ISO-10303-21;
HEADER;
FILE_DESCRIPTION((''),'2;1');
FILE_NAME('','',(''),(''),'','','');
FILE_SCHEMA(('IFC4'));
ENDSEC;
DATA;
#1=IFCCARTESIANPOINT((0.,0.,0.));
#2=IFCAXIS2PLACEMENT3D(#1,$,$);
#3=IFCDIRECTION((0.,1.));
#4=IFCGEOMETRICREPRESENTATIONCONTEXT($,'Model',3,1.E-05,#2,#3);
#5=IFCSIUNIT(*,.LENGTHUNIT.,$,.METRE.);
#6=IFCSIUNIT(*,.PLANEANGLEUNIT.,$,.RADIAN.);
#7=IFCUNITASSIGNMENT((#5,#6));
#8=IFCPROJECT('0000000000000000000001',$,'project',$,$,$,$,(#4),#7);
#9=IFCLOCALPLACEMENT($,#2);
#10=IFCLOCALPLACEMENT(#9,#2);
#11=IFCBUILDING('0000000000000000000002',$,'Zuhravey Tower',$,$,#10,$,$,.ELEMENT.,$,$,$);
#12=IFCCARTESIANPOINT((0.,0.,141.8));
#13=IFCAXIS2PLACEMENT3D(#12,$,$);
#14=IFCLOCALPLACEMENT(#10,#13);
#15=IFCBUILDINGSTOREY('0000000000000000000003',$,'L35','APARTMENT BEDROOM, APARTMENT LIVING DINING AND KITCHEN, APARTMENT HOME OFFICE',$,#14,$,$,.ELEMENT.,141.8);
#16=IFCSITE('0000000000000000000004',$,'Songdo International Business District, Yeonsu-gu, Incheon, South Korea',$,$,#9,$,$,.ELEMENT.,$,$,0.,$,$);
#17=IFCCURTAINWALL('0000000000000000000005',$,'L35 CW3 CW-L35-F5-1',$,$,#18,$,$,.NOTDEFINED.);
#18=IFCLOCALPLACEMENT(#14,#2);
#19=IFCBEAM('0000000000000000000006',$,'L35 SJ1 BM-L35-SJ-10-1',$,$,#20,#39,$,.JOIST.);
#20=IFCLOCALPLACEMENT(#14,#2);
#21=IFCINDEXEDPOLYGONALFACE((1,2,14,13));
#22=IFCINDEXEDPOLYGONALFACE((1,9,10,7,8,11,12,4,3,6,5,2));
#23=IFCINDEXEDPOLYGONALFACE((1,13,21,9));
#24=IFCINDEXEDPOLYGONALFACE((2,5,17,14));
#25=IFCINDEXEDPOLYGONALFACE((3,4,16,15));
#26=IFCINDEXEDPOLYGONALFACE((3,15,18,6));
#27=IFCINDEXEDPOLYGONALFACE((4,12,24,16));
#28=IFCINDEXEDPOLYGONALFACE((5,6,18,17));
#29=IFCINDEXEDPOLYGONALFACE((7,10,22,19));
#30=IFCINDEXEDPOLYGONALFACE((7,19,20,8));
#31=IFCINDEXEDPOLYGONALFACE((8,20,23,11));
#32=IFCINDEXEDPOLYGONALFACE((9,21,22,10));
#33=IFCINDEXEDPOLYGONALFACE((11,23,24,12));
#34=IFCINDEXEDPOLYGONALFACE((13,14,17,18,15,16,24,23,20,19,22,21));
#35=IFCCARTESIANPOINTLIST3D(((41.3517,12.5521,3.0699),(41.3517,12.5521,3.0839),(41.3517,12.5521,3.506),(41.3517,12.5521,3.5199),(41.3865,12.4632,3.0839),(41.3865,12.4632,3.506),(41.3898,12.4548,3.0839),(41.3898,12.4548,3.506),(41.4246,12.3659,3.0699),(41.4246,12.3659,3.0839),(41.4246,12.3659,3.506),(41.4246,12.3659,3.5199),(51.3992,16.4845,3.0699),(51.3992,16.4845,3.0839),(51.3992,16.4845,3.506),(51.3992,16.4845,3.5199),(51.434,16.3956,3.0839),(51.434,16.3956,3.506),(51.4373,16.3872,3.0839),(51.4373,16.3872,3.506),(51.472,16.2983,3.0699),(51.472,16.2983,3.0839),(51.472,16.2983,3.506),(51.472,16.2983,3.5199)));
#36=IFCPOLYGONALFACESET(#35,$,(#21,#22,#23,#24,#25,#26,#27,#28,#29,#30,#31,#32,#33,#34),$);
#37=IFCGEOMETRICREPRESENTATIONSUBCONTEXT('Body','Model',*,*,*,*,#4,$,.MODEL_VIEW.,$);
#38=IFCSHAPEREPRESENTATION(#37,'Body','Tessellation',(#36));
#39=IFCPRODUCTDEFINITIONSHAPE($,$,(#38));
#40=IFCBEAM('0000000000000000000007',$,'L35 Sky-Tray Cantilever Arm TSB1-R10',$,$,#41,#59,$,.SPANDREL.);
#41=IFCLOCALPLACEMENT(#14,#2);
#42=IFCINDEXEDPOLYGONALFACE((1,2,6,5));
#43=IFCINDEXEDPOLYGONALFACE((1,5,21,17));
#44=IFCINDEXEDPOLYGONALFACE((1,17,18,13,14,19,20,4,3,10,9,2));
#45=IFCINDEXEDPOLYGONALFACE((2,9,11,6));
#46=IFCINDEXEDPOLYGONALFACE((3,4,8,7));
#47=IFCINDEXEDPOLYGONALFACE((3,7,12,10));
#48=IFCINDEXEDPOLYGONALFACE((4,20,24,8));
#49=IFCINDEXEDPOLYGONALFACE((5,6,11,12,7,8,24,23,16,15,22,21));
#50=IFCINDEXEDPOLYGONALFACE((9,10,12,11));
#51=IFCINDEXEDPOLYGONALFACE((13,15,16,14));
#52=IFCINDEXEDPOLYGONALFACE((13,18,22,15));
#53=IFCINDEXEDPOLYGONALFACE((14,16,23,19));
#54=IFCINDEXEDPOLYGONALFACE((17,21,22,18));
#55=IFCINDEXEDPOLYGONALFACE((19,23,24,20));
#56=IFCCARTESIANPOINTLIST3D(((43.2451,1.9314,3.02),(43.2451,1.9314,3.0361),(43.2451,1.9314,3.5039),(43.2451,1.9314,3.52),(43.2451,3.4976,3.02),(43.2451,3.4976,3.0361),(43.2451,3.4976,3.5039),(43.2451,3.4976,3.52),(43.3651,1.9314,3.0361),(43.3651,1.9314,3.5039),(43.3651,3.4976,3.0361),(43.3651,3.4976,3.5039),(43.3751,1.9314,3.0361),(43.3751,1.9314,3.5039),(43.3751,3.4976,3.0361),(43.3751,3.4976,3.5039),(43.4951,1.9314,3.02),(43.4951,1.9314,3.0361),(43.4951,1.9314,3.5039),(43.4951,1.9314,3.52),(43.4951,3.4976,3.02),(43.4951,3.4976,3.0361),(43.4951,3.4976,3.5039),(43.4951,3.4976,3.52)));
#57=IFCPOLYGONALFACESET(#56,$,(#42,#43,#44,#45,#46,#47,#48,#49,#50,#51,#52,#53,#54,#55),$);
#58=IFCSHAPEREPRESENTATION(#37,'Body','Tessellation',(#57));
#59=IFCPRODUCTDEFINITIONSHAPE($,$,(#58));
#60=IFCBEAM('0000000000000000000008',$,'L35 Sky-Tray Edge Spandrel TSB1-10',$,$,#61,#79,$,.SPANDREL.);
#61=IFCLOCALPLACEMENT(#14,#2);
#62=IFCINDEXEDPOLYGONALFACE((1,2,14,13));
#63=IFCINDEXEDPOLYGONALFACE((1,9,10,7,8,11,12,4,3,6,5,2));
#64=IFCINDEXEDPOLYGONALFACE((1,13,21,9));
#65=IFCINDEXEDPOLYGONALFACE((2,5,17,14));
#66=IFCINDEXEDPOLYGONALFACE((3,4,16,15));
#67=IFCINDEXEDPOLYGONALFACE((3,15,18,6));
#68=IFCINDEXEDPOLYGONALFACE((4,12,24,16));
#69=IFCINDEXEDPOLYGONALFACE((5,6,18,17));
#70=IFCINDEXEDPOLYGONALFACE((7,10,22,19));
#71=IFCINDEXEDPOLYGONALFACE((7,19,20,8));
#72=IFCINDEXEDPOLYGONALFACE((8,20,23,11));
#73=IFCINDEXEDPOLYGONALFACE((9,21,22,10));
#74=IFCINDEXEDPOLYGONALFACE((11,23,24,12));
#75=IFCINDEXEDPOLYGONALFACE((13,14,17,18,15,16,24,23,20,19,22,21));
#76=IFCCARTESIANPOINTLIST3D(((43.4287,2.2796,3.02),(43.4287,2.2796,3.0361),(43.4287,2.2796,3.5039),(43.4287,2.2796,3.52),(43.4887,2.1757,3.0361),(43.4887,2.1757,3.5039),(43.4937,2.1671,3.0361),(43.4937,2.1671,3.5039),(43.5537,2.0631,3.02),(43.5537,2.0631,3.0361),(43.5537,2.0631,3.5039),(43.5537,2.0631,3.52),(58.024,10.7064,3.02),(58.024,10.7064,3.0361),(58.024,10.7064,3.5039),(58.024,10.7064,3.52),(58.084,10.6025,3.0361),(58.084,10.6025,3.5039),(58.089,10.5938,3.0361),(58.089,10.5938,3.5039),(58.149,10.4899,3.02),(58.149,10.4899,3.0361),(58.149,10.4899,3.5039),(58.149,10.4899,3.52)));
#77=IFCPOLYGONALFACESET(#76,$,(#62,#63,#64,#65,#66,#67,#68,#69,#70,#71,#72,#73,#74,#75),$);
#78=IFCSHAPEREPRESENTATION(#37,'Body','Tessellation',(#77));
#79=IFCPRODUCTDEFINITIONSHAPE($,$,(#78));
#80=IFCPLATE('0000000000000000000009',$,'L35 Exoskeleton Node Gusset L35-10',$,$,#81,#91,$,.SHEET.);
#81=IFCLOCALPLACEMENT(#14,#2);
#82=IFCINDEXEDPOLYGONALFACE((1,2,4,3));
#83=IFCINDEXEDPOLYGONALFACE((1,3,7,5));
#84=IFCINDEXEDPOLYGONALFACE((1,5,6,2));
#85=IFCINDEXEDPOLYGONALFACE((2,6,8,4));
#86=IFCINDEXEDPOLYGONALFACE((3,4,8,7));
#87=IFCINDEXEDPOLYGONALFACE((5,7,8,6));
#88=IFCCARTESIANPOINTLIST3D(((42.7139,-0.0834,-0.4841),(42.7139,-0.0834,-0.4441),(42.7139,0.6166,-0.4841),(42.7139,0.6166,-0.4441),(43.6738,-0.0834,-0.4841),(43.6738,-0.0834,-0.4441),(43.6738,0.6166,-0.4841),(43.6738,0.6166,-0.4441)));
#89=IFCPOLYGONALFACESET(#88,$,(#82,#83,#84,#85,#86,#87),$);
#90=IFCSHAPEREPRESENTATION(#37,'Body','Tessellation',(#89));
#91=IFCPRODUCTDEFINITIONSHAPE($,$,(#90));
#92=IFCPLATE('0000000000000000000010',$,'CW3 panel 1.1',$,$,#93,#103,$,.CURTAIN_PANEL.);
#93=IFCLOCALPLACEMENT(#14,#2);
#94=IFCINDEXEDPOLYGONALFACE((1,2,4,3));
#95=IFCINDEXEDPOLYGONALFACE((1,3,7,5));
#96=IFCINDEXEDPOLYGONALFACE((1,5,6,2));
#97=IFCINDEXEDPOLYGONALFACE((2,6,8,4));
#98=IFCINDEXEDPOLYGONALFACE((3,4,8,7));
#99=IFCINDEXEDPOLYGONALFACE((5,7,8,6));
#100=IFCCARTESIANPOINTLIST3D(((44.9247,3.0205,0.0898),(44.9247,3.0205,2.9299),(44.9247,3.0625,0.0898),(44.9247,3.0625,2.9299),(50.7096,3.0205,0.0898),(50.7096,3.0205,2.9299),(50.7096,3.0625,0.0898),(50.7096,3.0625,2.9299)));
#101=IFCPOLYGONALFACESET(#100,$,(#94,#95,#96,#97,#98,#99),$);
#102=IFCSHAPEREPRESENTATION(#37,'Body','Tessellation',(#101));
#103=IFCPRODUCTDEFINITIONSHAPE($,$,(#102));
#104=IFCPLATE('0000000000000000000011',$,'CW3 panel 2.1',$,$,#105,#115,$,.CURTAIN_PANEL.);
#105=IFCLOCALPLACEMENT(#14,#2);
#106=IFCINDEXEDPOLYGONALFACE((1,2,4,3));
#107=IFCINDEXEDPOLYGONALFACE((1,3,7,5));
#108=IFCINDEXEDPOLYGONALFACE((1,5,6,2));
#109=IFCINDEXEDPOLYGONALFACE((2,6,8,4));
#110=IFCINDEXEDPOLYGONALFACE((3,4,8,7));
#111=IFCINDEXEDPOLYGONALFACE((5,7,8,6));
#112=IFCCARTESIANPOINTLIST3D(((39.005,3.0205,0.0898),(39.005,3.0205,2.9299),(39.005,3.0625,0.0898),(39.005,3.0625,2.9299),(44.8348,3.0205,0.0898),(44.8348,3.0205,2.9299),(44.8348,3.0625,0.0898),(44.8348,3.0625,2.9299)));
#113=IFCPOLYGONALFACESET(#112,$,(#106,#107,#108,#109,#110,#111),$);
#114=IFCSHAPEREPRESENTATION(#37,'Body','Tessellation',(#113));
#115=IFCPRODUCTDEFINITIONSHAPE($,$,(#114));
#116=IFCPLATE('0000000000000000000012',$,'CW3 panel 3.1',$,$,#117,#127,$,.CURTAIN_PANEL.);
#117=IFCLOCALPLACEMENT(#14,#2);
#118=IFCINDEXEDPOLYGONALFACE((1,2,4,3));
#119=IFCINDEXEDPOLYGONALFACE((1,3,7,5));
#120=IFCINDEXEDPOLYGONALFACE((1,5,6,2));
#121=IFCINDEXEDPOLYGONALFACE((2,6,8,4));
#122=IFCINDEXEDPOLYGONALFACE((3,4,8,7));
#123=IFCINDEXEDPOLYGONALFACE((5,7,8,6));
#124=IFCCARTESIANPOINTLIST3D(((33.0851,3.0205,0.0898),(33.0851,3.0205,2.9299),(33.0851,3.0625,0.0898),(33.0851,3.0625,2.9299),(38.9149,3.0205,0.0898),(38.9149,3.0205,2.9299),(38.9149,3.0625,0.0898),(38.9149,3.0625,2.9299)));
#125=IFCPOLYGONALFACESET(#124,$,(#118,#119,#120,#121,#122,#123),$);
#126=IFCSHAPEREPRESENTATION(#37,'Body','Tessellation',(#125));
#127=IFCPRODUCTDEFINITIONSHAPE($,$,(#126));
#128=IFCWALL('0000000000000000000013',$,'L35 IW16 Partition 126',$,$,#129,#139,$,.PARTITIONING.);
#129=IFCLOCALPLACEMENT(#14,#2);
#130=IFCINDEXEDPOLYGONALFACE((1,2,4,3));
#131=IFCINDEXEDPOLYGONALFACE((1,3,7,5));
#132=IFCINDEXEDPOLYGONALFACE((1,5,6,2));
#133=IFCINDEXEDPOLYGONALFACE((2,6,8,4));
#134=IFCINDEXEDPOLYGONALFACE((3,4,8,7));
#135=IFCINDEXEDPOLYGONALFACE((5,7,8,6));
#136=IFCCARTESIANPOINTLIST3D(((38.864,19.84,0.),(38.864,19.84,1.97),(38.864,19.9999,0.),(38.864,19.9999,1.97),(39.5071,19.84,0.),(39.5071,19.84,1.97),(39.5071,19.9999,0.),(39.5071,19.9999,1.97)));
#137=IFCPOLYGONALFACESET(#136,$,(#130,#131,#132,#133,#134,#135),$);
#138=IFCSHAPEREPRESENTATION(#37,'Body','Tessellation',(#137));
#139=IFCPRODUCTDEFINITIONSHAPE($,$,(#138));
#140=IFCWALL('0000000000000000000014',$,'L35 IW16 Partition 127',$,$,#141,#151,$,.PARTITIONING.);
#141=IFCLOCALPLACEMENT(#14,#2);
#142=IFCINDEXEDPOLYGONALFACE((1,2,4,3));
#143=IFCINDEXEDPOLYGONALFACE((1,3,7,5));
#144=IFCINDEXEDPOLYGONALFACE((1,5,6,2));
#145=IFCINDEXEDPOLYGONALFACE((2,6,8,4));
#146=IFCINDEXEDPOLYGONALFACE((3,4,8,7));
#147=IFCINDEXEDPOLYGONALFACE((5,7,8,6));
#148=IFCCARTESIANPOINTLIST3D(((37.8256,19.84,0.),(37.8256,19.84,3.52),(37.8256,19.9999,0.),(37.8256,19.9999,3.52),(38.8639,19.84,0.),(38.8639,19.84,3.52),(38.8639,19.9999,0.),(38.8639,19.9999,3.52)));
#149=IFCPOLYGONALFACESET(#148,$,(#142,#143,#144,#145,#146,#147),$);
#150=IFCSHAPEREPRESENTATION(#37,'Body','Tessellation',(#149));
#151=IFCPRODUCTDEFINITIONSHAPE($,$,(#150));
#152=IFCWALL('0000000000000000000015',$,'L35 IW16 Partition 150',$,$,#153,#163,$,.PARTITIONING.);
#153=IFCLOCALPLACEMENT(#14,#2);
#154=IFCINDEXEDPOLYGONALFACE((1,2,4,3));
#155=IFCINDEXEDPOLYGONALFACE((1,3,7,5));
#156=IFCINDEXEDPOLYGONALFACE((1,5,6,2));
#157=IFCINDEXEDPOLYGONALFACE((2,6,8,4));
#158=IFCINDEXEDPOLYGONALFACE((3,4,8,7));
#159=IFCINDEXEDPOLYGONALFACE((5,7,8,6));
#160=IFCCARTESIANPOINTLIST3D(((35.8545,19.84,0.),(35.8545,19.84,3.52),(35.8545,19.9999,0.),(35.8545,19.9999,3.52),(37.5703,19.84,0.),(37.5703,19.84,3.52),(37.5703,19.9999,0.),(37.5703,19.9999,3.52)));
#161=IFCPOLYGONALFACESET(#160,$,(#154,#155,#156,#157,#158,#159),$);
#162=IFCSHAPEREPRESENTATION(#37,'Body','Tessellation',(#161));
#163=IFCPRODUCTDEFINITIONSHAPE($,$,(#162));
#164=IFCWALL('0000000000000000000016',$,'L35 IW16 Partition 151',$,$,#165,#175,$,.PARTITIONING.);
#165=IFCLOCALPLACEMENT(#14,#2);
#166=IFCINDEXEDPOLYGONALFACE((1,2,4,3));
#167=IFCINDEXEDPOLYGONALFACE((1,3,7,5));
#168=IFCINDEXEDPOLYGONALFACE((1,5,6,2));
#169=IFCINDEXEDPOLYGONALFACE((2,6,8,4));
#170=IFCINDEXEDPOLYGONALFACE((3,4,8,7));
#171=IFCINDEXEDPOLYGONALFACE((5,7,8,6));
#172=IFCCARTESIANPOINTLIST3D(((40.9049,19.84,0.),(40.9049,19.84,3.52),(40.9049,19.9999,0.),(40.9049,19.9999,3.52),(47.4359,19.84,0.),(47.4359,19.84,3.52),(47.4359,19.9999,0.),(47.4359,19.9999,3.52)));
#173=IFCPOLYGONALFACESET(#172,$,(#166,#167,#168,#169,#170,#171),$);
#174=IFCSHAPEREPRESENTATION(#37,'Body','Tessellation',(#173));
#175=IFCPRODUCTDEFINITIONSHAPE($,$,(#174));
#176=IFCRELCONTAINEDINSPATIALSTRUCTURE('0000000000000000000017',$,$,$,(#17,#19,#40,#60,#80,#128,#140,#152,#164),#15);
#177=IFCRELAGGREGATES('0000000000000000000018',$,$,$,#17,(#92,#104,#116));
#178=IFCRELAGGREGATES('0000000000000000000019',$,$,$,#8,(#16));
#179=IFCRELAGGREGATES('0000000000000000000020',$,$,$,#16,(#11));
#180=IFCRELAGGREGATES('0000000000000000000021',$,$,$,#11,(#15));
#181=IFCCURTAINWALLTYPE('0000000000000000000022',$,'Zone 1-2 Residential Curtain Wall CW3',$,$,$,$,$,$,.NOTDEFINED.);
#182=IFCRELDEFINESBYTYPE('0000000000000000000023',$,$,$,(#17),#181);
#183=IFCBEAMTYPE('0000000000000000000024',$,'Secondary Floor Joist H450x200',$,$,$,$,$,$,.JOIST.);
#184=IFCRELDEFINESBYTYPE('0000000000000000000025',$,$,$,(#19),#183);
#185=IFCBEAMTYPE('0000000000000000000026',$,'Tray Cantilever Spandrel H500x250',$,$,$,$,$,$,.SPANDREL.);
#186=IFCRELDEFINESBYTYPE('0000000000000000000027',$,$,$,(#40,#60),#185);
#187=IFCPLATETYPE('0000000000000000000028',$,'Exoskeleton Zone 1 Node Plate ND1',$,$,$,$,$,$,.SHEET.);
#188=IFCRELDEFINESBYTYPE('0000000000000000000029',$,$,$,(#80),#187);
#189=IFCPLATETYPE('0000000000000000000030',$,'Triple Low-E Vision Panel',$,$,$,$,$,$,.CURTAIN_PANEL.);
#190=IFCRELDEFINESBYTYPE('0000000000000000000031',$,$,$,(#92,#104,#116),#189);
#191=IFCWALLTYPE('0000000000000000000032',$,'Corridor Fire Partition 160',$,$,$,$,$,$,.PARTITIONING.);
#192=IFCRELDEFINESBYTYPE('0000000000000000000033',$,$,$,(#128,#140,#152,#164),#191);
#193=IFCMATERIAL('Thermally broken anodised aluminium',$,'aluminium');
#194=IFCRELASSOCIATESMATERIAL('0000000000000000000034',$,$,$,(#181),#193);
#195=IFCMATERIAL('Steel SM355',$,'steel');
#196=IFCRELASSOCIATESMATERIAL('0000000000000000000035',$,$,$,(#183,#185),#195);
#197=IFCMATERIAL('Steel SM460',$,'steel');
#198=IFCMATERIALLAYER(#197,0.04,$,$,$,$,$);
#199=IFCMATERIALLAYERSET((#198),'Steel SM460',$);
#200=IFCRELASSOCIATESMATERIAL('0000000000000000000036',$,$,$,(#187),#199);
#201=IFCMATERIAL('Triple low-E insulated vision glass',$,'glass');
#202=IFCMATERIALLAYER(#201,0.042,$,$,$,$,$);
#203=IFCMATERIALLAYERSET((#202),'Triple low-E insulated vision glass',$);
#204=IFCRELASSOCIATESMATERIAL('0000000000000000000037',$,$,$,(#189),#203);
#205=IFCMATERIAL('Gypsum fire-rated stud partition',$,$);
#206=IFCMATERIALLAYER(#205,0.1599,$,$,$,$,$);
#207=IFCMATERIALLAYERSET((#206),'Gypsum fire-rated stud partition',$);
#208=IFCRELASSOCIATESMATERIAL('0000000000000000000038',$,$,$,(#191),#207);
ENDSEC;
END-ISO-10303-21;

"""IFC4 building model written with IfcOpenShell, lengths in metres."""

from ifc_helpers import new_model, si_unit, direction, frame, frame_2d, origin, origin_2d, place, context, subcontext, project, spatial, rectangle, i_section, extrude, material, layer, layer_set, material_profile, profile_set, type_object, element, aggregate, save


model = new_model("IFC4")

# Units and contexts
model_context = context("Model", 3, precision=1e-05, world=origin(), true_north=direction((0.0, 1.0)))
body_context = subcontext(model_context, "Body", "Model", "MODEL_VIEW")
ifc_project = project(units=[si_unit("LENGTHUNIT", "METRE"), si_unit("PLANEANGLEUNIT", "RADIAN")], contexts=[model_context])

# Site, building, storey
site_placement = place(None, origin())
site = spatial("IfcSite", under=ifc_project, at=site_placement, Name="Songdo International Business District, Yeonsu-gu, Incheon, South Korea", CompositionType="ELEMENT", RefElevation=0.0)
building_placement = place(site_placement, origin())
building = spatial("IfcBuilding", under=site, at=building_placement, Name="Zuhravey Tower", CompositionType="ELEMENT")
storey_placement = place(building_placement, frame((0.0, 0.0, 141.8)))
storey = spatial("IfcBuildingStorey", under=building, at=storey_placement, Name="L35", Description="APARTMENT BEDROOM, APARTMENT LIVING DINING AND KITCHEN, APARTMENT HOME OFFICE", CompositionType="ELEMENT", Elevation=141.8)

# Curtain wall
ifc_material_1 = material(Name="Thermally broken anodised aluminium", Category="aluminium")
curtain_wall_type = type_object("IfcCurtainWallType", Name="Zone 1-2 Residential Curtain Wall CW3", PredefinedType="NOTDEFINED", material=ifc_material_1)
curtain_wall_placement = place(storey_placement, origin())
curtain_wall = element("IfcCurtainWall", 1, at=curtain_wall_placement, inside=storey, type_object=curtain_wall_type, Name="L35 CW3 CW-L35-F5-1", PredefinedType="NOTDEFINED")

# Beams
ifc_material_2 = material(Name="Steel SM460", Category="steel")
ifc_material_3 = material(Name="Steel SM355", Category="steel")
ifc_material_profile_1 = material_profile(ifc_material_3, i_section(OverallWidth=0.2, OverallDepth=0.45, WebThickness=0.009, FlangeThickness=0.0139, at=origin_2d()), Name="H-450x200x9x14")
ifc_profile_set_1 = profile_set([ifc_material_profile_1], Name="Steel SM355")
beam_type_1 = type_object("IfcBeamType", Name="Secondary Floor Joist H450x200", PredefinedType="JOIST", material=ifc_profile_set_1)
beam_1_placement = place(storey_placement, frame((41.3882, 12.459, 3.2949), z_axis=(0.931218, 0.364463, 0.0), x_axis=(-0.364463, 0.931218, 0.0)))
element("IfcBeam", 2, at=beam_1_placement, inside=storey, type_object=beam_type_1, Name="L35 SJ1 BM-L35-SJ-10-1", PredefinedType="JOIST", context=body_context, shape_type="SweptSolid", body=[
    extrude(i_section(OverallWidth=0.2, OverallDepth=0.45, WebThickness=0.009, FlangeThickness=0.0139, at=origin_2d()), origin(), (0.0, 0.0, 1.0), 10.7896),
])
ifc_material_profile_2 = material_profile(ifc_material_3, i_section(OverallWidth=0.25, OverallDepth=0.5, WebThickness=0.01, FlangeThickness=0.0161, at=origin_2d()), Name="H-500x250x10x16")
ifc_profile_set_2 = profile_set([ifc_material_profile_2], Name="Steel SM355")
beam_type_2 = type_object("IfcBeamType", Name="Tray Cantilever Spandrel H500x250", PredefinedType="SPANDREL", material=ifc_profile_set_2)
beam_2_placement = place(storey_placement, frame((43.3701, 3.4976, 3.27), z_axis=(0.0, -1.0, 0.0), x_axis=(1.0, 0.0, 0.0)))
element("IfcBeam", 3, at=beam_2_placement, inside=storey, type_object=beam_type_2, Name="L35 Sky-Tray Cantilever Arm TSB1-R10", PredefinedType="SPANDREL", context=body_context, shape_type="SweptSolid", body=[
    extrude(i_section(OverallWidth=0.25, OverallDepth=0.5, WebThickness=0.01, FlangeThickness=0.0161, at=origin_2d()), origin(), (0.0, 0.0, 1.0), 1.5662),
])
beam_3_placement = place(storey_placement, frame((43.4912, 2.1714, 3.27), z_axis=(0.86602, 0.500009, 0.0), x_axis=(-0.500009, 0.86602, 0.0)))
element("IfcBeam", 4, at=beam_3_placement, inside=storey, type_object=beam_type_2, Name="L35 Sky-Tray Edge Spandrel TSB1-10", PredefinedType="SPANDREL", context=body_context, shape_type="SweptSolid", body=[
    extrude(i_section(OverallWidth=0.25, OverallDepth=0.5, WebThickness=0.01, FlangeThickness=0.0161, at=origin_2d()), origin(), (0.0, 0.0, 1.0), 16.8533),
])

# Plates
ifc_layer_1 = layer(ifc_material_2, 0.04)
ifc_layer_set_1 = layer_set([ifc_layer_1], Name="Steel SM460")
plate_type_1 = type_object("IfcPlateType", Name="Exoskeleton Zone 1 Node Plate ND1", PredefinedType="SHEET", material=ifc_layer_set_1)
plate_1_placement = place(storey_placement, frame((43.1938, 0.2666, -0.4841), z_axis=(0.0, 0.0, 1.0), x_axis=(1.0, 0.0, 0.0)))
element("IfcPlate", 5, at=plate_1_placement, inside=storey, type_object=plate_type_1, Name="L35 Exoskeleton Node Gusset L35-10", PredefinedType="SHEET", context=body_context, shape_type="SweptSolid", body=[
    extrude(rectangle(XDim=0.96, YDim=0.7, at=origin_2d()), origin(), (0.0, 0.0, 1.0), 0.04),
])
ifc_material_4 = material(Name="Triple low-E insulated vision glass", Category="glass")
ifc_layer_2 = layer(ifc_material_4, 0.042)
ifc_layer_set_2 = layer_set([ifc_layer_2], Name="Triple low-E insulated vision glass")
plate_type_2 = type_object("IfcPlateType", Name="Triple Low-E Vision Panel", PredefinedType="CURTAIN_PANEL", material=ifc_layer_set_2)
plate_2_placement = place(storey_placement, frame((47.8171, 3.0415, 0.0898), z_axis=(0.0, 0.0, 1.0), x_axis=(-1.0, 0.0, 0.0)))
plate_2 = element("IfcPlate", 6, at=plate_2_placement, type_object=plate_type_2, Name="CW3 panel 1.1", PredefinedType="CURTAIN_PANEL", context=body_context, shape_type="SweptSolid", body=[
    extrude(rectangle(XDim=5.7849, YDim=0.042, at=origin_2d()), origin(), (0.0, 0.0, 1.0), 2.8401),
])
plate_3_placement = place(storey_placement, frame((41.9199, 3.0415, 0.0898), z_axis=(0.0, 0.0, 1.0), x_axis=(-1.0, 0.0, 0.0)))
plate_3 = element("IfcPlate", 7, at=plate_3_placement, type_object=plate_type_2, Name="CW3 panel 2.1", PredefinedType="CURTAIN_PANEL", context=body_context, shape_type="SweptSolid", body=[
    extrude(rectangle(XDim=5.8298, YDim=0.042, at=origin_2d()), origin(), (0.0, 0.0, 1.0), 2.8401),
])
plate_4_placement = place(storey_placement, frame((36.0, 3.0415, 0.0898), z_axis=(0.0, 0.0, 1.0), x_axis=(-1.0, 0.0, 0.0)))
plate_4 = element("IfcPlate", 8, at=plate_4_placement, type_object=plate_type_2, Name="CW3 panel 3.1", PredefinedType="CURTAIN_PANEL", context=body_context, shape_type="SweptSolid", body=[
    extrude(rectangle(XDim=5.8298, YDim=0.042, at=origin_2d()), origin(), (0.0, 0.0, 1.0), 2.8401),
])
aggregate(curtain_wall, [plate_2, plate_3, plate_4])

# Shared definitions
ifc_material_5 = material(Name="Gypsum fire-rated stud partition")
ifc_layer_3 = layer(ifc_material_5, 0.1599)
ifc_layer_set_3 = layer_set([ifc_layer_3], Name="Gypsum fire-rated stud partition")
wall_type_1 = type_object("IfcWallType", Name="Corridor Fire Partition 160", PredefinedType="PARTITIONING", material=ifc_layer_set_3)

# Walls
wall_1_placement = place(storey_placement, frame((38.864, 19.9199, 0.0), z_axis=(0.0, 0.0, 1.0), x_axis=(1.0, 0.0, 0.0)))
element("IfcWall", 9, at=wall_1_placement, inside=storey, type_object=wall_type_1, Name="L35 IW16 Partition 126", PredefinedType="PARTITIONING", context=body_context, shape_type="SweptSolid", body=[
    extrude(rectangle(XDim=0.6431, YDim=0.1599, at=frame_2d((0.3215, 0.0))), origin(), (0.0, 0.0, 1.0), 1.97),
])
wall_2_placement = place(storey_placement, frame((37.8257, 19.9199, 0.0), z_axis=(0.0, 0.0, 1.0), x_axis=(1.0, 0.0, 0.0)))
element("IfcWall", 10, at=wall_2_placement, inside=storey, type_object=wall_type_1, Name="L35 IW16 Partition 127", PredefinedType="PARTITIONING", context=body_context, shape_type="SweptSolid", body=[
    extrude(rectangle(XDim=1.0383, YDim=0.1599, at=frame_2d((0.519, 0.0))), origin(), (0.0, 0.0, 1.0), 3.52),
])
wall_3_placement = place(storey_placement, frame((35.8545, 19.9199, 0.0), z_axis=(0.0, 0.0, 1.0), x_axis=(1.0, 0.0, 0.0)))
element("IfcWall", 11, at=wall_3_placement, inside=storey, type_object=wall_type_1, Name="L35 IW16 Partition 150", PredefinedType="PARTITIONING", context=body_context, shape_type="SweptSolid", body=[
    extrude(rectangle(XDim=1.7158, YDim=0.1599, at=frame_2d((0.8579, 0.0))), origin(), (0.0, 0.0, 1.0), 3.52),
])
wall_4_placement = place(storey_placement, frame((40.9048, 19.9199, 0.0), z_axis=(0.0, 0.0, 1.0), x_axis=(1.0, 0.0, 0.0)))
element("IfcWall", 12, at=wall_4_placement, inside=storey, type_object=wall_type_1, Name="L35 IW16 Partition 151", PredefinedType="PARTITIONING", context=body_context, shape_type="SweptSolid", body=[
    extrude(rectangle(XDim=6.531, YDim=0.1599, at=frame_2d((3.2656, 0.0))), origin(), (0.0, 0.0, 1.0), 3.52),
])

save(model, "model.ifc")
